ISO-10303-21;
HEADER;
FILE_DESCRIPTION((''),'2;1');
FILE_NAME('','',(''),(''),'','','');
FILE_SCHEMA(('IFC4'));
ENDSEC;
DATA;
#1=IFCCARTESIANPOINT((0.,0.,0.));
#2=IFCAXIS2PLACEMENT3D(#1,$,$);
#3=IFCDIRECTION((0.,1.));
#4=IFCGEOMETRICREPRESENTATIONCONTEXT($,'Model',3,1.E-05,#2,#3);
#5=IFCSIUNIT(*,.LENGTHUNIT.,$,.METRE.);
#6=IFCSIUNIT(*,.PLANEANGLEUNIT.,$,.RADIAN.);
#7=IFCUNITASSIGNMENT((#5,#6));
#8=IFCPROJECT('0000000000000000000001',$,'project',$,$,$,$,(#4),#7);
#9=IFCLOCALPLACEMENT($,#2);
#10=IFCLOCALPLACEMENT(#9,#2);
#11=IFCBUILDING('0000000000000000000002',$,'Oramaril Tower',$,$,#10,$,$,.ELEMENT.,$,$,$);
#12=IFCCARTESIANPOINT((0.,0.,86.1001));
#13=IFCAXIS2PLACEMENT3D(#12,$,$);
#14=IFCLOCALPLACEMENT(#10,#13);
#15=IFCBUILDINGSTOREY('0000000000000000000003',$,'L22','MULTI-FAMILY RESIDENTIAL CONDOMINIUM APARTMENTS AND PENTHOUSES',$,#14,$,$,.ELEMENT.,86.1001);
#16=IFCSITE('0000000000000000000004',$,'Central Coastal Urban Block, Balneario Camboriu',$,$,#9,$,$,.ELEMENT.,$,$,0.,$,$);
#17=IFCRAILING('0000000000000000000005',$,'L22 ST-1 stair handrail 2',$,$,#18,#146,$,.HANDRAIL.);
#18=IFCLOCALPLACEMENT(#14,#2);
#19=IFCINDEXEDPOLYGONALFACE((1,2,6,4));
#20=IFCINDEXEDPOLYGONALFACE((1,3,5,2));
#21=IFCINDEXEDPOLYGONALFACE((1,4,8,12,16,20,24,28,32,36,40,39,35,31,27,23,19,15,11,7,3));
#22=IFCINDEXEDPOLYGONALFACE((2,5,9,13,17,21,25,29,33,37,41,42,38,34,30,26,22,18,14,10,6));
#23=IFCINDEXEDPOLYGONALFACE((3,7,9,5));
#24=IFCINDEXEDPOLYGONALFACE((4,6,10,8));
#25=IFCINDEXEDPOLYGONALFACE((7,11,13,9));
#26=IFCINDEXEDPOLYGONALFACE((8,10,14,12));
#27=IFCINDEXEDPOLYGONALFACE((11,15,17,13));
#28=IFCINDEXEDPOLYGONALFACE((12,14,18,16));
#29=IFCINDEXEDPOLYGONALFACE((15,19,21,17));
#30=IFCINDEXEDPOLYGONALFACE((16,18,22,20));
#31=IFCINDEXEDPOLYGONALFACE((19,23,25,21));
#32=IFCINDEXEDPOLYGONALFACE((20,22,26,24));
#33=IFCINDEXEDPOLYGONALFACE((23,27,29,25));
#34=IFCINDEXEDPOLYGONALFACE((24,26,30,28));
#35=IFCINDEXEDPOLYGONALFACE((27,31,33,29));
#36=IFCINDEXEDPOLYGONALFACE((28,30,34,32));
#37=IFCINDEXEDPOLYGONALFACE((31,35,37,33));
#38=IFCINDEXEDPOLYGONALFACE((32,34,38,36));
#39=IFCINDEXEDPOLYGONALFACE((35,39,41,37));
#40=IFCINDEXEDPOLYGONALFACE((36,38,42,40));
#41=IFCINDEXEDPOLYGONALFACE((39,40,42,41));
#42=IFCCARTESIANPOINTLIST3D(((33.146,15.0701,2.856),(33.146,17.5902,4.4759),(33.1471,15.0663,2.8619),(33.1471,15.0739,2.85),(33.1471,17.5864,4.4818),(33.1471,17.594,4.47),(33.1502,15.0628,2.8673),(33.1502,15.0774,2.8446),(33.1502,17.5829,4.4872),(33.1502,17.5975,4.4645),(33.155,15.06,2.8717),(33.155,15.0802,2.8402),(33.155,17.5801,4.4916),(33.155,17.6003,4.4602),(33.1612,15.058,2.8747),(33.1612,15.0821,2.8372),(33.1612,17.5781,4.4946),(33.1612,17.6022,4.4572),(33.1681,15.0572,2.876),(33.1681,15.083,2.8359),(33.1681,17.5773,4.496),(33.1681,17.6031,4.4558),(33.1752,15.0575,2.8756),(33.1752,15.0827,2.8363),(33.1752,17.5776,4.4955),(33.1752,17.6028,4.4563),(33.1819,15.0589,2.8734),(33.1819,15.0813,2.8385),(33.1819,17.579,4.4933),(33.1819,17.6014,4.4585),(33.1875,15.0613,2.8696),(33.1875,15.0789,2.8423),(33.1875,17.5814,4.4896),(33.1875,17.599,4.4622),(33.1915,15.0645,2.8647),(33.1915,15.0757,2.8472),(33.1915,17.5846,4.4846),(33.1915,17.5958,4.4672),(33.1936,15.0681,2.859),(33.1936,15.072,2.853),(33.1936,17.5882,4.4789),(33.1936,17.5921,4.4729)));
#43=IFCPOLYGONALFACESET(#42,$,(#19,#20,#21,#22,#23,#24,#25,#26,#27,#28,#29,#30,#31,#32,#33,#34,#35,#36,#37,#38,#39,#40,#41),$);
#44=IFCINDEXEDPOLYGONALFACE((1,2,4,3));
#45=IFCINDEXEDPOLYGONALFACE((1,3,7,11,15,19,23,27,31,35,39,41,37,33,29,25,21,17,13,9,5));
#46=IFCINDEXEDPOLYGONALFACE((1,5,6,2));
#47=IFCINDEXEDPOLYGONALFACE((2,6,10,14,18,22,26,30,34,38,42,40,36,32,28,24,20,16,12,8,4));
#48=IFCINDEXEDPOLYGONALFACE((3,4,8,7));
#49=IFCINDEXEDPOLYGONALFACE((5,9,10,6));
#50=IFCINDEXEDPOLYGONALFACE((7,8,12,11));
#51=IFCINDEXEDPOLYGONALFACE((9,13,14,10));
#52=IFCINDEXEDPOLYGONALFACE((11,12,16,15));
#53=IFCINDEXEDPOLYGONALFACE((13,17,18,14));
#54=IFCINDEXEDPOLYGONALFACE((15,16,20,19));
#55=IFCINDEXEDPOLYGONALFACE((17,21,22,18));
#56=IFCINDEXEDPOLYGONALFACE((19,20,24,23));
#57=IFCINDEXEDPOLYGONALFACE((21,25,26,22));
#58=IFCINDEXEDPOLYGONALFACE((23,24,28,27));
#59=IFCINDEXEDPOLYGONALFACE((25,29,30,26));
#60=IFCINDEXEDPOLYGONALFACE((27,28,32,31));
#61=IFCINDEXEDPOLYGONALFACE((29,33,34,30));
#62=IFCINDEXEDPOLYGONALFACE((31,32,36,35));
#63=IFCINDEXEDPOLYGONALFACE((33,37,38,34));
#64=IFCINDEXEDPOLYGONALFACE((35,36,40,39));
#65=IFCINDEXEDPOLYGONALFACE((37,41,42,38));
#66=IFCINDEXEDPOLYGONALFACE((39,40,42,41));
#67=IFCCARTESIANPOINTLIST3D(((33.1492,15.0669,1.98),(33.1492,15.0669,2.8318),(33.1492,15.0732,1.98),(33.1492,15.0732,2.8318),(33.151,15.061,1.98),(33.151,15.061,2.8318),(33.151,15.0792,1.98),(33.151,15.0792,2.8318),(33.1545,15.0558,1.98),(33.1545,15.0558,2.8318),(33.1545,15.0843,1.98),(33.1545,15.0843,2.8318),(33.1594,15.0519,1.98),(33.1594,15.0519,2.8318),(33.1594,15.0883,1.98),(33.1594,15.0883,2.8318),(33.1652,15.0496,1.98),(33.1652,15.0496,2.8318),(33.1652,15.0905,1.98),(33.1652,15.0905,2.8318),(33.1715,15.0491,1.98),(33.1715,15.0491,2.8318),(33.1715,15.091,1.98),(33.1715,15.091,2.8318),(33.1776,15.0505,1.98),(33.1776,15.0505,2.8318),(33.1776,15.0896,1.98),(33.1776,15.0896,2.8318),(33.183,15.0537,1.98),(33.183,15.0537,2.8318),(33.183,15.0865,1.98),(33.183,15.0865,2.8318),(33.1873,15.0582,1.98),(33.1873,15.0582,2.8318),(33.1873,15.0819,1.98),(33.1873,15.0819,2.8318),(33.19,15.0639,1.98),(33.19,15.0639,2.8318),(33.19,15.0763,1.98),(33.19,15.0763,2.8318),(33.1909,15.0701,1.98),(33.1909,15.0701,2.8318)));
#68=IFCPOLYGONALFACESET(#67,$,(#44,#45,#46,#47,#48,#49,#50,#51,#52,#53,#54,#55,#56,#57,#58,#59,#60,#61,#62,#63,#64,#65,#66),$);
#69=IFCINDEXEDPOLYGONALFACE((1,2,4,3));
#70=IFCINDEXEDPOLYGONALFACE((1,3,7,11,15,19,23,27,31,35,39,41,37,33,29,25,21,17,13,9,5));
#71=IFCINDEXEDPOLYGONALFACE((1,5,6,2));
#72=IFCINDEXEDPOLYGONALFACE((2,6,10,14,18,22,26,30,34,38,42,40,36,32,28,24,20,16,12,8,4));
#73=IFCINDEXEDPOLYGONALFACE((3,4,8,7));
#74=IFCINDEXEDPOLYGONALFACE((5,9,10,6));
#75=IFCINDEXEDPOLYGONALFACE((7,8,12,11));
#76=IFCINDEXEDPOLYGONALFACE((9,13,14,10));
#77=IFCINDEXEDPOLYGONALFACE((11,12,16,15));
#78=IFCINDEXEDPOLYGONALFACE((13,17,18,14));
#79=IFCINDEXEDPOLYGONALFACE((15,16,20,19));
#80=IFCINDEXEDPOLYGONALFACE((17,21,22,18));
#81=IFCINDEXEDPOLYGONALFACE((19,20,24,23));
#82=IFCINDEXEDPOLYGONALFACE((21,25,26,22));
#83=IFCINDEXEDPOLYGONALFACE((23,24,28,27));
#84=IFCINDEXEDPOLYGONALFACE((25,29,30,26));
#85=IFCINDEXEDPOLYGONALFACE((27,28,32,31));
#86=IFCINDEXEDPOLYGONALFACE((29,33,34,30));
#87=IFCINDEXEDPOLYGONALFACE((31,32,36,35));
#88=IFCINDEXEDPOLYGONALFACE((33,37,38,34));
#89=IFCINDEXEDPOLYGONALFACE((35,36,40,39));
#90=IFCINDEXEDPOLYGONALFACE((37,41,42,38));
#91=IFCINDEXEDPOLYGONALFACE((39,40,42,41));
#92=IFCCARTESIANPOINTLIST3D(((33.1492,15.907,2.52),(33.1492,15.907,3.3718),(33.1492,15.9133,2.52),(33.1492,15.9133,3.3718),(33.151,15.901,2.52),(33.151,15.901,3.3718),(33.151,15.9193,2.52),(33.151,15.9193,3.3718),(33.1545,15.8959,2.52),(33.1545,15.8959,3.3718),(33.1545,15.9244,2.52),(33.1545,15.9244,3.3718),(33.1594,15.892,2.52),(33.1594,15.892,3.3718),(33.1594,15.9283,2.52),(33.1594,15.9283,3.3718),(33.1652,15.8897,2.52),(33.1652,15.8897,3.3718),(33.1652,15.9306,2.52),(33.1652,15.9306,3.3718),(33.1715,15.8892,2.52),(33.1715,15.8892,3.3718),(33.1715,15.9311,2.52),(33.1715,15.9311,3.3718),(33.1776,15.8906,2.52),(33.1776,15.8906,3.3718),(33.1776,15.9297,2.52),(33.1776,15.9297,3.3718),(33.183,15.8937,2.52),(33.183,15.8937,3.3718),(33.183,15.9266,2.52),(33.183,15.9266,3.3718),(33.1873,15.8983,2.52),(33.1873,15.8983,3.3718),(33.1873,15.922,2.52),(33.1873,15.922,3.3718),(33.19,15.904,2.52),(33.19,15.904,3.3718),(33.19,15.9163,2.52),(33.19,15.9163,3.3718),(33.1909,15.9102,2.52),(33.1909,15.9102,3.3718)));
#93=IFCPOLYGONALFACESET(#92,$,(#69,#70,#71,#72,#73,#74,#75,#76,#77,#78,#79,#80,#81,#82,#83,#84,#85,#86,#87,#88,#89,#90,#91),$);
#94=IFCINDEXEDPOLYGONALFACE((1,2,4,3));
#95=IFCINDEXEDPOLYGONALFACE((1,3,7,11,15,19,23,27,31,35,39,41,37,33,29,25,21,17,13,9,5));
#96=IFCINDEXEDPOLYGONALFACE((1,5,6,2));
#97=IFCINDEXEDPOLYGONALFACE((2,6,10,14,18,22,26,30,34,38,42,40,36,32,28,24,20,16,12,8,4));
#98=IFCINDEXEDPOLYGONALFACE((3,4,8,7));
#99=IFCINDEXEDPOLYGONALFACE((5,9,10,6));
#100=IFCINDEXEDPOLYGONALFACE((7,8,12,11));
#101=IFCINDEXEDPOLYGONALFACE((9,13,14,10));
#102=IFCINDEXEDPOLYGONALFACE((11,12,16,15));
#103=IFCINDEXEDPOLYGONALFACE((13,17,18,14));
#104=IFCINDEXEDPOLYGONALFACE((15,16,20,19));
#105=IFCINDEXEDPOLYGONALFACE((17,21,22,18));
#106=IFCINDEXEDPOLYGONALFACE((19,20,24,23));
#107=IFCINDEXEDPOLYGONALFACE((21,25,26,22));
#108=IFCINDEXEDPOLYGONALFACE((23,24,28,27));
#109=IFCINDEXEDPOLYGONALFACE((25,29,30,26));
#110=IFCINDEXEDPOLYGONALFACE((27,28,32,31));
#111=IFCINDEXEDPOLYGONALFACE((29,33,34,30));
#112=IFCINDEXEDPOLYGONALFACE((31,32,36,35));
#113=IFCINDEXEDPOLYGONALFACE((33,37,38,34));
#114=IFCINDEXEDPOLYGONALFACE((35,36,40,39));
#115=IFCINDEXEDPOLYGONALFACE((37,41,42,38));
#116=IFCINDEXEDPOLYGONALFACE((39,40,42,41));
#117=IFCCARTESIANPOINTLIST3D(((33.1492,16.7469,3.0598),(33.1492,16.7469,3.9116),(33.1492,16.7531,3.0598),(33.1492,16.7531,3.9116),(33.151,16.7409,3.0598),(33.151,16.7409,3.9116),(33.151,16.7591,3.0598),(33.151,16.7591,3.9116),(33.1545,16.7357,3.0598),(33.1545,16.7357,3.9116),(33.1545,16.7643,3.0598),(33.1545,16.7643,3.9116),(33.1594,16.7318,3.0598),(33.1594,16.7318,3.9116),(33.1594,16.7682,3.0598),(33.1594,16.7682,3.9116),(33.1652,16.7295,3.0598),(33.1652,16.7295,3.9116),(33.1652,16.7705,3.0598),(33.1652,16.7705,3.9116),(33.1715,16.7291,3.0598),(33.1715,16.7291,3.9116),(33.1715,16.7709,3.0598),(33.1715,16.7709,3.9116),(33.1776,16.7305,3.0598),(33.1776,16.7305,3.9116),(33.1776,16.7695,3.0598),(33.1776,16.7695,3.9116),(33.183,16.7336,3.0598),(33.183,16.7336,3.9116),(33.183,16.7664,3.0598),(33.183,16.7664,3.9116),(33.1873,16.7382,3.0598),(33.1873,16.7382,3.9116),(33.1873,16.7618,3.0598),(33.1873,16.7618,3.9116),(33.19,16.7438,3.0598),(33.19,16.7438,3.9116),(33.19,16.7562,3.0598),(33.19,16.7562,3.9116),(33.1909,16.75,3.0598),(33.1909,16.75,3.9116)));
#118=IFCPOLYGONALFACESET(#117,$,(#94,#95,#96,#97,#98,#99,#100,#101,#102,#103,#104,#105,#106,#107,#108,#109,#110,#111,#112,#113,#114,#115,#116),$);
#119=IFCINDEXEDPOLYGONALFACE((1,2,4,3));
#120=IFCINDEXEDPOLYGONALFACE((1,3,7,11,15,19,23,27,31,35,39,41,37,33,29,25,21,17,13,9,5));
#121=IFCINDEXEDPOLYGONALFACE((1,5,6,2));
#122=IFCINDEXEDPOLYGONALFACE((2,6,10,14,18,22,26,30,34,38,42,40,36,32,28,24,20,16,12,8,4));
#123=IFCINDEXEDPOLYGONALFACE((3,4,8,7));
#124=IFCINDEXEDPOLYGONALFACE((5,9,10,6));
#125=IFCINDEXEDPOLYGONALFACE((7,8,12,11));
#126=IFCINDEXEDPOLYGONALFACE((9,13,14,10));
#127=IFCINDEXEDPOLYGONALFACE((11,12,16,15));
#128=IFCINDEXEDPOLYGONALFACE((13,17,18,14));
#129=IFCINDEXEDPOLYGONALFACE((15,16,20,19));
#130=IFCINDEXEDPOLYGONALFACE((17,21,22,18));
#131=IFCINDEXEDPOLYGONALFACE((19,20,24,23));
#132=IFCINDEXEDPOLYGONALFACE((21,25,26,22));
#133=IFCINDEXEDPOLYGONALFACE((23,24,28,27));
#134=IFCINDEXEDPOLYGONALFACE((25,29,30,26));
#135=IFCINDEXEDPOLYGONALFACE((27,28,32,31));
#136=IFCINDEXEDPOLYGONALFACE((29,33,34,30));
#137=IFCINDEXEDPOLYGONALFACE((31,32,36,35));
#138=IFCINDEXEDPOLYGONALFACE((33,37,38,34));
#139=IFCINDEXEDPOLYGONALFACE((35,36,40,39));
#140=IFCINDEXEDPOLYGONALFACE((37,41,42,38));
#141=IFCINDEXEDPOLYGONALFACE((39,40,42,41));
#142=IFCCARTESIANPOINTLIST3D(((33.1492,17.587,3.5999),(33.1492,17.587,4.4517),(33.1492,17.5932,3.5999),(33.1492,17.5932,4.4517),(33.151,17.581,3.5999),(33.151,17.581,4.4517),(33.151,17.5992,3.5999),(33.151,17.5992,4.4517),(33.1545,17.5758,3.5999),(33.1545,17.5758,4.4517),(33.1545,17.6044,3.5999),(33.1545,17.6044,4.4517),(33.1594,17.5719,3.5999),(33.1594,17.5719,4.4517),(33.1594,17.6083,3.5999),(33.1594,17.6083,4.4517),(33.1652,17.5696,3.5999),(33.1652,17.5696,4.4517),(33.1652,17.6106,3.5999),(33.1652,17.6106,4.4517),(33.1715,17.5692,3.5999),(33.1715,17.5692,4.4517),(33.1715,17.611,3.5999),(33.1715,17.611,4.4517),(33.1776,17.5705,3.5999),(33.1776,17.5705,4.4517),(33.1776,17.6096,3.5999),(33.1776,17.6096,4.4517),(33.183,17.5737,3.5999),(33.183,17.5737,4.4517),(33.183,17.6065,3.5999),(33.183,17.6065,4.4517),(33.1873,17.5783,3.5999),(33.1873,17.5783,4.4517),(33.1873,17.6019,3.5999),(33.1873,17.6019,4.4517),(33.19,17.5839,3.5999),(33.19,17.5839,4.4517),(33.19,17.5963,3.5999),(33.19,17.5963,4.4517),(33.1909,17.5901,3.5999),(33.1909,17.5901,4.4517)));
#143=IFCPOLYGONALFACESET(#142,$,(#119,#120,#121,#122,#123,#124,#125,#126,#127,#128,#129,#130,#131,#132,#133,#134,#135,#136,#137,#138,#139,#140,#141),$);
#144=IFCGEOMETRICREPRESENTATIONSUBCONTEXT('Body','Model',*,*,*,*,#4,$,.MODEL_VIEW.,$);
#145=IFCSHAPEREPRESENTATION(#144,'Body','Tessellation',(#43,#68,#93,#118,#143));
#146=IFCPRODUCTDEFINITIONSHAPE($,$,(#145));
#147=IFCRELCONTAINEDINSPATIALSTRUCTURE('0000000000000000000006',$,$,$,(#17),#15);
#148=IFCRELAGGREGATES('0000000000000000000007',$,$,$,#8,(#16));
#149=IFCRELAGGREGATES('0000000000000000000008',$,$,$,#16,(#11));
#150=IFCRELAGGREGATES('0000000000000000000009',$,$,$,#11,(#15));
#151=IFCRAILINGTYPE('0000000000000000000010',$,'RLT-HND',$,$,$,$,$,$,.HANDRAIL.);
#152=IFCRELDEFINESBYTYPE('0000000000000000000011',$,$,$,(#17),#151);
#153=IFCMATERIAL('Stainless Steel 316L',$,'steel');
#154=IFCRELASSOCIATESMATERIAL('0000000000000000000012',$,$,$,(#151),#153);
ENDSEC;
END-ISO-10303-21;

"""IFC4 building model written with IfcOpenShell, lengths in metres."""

from ifc_helpers import new_model, si_unit, direction, frame, origin, origin_2d, place, context, subcontext, project, spatial, circle, extrude, material, type_object, element, save


model = new_model("IFC4")

# Units and contexts
model_context = context("Model", 3, precision=1e-05, world=origin(), true_north=direction((0.0, 1.0)))
body_context = subcontext(model_context, "Body", "Model", "MODEL_VIEW")
ifc_project = project(units=[si_unit("LENGTHUNIT", "METRE"), si_unit("PLANEANGLEUNIT", "RADIAN")], contexts=[model_context])

# Site, building, storey
site_placement = place(None, origin())
site = spatial("IfcSite", under=ifc_project, at=site_placement, Name="Central Coastal Urban Block, Balneario Camboriu", CompositionType="ELEMENT", RefElevation=0.0)
building_placement = place(site_placement, origin())
building = spatial("IfcBuilding", under=site, at=building_placement, Name="Oramaril Tower", CompositionType="ELEMENT")
storey_placement = place(building_placement, frame((0.0, 0.0, 86.1001)))
storey = spatial("IfcBuildingStorey", under=building, at=storey_placement, Name="L22", Description="MULTI-FAMILY RESIDENTIAL CONDOMINIUM APARTMENTS AND PENTHOUSES", CompositionType="ELEMENT", Elevation=86.1001)

# Railing
ifc_material_1 = material(Name="Stainless Steel 316L", Category="steel")
railing_type_1 = type_object("IfcRailingType", Name="RLT-HND", PredefinedType="HANDRAIL", material=ifc_material_1)
railing_1_placement = place(storey_placement, frame((33.1699, 15.0701, 1.98)))
element("IfcRailing", 1, at=railing_1_placement, inside=storey, type_object=railing_type_1, Name="L22 ST-1 stair handrail 2", PredefinedType="HANDRAIL", context=body_context, shape_type="SweptSolid", body=[
    extrude(circle(Radius=0.0239, at=origin_2d()), frame((0.0, 0.0, 0.876), z_axis=(0.0, 0.8412, 0.540725), x_axis=(-1.0, 0.0, 0.0)), (0.0, 0.0, 1.0), 2.9958),
    extrude(circle(Radius=0.021, at=origin_2d()), origin(), (0.0, 0.0, 1.0), 0.8518),
    extrude(circle(Radius=0.021, at=origin_2d()), frame((0.0, 0.8401, 0.54)), (0.0, 0.0, 1.0), 0.8518),
    extrude(circle(Radius=0.021, at=origin_2d()), frame((0.0, 1.6799, 1.0798)), (0.0, 0.0, 1.0), 0.8518),
    extrude(circle(Radius=0.021, at=origin_2d()), frame((0.0, 2.52, 1.6199)), (0.0, 0.0, 1.0), 0.8518),
])

save(model, "model.ifc")
